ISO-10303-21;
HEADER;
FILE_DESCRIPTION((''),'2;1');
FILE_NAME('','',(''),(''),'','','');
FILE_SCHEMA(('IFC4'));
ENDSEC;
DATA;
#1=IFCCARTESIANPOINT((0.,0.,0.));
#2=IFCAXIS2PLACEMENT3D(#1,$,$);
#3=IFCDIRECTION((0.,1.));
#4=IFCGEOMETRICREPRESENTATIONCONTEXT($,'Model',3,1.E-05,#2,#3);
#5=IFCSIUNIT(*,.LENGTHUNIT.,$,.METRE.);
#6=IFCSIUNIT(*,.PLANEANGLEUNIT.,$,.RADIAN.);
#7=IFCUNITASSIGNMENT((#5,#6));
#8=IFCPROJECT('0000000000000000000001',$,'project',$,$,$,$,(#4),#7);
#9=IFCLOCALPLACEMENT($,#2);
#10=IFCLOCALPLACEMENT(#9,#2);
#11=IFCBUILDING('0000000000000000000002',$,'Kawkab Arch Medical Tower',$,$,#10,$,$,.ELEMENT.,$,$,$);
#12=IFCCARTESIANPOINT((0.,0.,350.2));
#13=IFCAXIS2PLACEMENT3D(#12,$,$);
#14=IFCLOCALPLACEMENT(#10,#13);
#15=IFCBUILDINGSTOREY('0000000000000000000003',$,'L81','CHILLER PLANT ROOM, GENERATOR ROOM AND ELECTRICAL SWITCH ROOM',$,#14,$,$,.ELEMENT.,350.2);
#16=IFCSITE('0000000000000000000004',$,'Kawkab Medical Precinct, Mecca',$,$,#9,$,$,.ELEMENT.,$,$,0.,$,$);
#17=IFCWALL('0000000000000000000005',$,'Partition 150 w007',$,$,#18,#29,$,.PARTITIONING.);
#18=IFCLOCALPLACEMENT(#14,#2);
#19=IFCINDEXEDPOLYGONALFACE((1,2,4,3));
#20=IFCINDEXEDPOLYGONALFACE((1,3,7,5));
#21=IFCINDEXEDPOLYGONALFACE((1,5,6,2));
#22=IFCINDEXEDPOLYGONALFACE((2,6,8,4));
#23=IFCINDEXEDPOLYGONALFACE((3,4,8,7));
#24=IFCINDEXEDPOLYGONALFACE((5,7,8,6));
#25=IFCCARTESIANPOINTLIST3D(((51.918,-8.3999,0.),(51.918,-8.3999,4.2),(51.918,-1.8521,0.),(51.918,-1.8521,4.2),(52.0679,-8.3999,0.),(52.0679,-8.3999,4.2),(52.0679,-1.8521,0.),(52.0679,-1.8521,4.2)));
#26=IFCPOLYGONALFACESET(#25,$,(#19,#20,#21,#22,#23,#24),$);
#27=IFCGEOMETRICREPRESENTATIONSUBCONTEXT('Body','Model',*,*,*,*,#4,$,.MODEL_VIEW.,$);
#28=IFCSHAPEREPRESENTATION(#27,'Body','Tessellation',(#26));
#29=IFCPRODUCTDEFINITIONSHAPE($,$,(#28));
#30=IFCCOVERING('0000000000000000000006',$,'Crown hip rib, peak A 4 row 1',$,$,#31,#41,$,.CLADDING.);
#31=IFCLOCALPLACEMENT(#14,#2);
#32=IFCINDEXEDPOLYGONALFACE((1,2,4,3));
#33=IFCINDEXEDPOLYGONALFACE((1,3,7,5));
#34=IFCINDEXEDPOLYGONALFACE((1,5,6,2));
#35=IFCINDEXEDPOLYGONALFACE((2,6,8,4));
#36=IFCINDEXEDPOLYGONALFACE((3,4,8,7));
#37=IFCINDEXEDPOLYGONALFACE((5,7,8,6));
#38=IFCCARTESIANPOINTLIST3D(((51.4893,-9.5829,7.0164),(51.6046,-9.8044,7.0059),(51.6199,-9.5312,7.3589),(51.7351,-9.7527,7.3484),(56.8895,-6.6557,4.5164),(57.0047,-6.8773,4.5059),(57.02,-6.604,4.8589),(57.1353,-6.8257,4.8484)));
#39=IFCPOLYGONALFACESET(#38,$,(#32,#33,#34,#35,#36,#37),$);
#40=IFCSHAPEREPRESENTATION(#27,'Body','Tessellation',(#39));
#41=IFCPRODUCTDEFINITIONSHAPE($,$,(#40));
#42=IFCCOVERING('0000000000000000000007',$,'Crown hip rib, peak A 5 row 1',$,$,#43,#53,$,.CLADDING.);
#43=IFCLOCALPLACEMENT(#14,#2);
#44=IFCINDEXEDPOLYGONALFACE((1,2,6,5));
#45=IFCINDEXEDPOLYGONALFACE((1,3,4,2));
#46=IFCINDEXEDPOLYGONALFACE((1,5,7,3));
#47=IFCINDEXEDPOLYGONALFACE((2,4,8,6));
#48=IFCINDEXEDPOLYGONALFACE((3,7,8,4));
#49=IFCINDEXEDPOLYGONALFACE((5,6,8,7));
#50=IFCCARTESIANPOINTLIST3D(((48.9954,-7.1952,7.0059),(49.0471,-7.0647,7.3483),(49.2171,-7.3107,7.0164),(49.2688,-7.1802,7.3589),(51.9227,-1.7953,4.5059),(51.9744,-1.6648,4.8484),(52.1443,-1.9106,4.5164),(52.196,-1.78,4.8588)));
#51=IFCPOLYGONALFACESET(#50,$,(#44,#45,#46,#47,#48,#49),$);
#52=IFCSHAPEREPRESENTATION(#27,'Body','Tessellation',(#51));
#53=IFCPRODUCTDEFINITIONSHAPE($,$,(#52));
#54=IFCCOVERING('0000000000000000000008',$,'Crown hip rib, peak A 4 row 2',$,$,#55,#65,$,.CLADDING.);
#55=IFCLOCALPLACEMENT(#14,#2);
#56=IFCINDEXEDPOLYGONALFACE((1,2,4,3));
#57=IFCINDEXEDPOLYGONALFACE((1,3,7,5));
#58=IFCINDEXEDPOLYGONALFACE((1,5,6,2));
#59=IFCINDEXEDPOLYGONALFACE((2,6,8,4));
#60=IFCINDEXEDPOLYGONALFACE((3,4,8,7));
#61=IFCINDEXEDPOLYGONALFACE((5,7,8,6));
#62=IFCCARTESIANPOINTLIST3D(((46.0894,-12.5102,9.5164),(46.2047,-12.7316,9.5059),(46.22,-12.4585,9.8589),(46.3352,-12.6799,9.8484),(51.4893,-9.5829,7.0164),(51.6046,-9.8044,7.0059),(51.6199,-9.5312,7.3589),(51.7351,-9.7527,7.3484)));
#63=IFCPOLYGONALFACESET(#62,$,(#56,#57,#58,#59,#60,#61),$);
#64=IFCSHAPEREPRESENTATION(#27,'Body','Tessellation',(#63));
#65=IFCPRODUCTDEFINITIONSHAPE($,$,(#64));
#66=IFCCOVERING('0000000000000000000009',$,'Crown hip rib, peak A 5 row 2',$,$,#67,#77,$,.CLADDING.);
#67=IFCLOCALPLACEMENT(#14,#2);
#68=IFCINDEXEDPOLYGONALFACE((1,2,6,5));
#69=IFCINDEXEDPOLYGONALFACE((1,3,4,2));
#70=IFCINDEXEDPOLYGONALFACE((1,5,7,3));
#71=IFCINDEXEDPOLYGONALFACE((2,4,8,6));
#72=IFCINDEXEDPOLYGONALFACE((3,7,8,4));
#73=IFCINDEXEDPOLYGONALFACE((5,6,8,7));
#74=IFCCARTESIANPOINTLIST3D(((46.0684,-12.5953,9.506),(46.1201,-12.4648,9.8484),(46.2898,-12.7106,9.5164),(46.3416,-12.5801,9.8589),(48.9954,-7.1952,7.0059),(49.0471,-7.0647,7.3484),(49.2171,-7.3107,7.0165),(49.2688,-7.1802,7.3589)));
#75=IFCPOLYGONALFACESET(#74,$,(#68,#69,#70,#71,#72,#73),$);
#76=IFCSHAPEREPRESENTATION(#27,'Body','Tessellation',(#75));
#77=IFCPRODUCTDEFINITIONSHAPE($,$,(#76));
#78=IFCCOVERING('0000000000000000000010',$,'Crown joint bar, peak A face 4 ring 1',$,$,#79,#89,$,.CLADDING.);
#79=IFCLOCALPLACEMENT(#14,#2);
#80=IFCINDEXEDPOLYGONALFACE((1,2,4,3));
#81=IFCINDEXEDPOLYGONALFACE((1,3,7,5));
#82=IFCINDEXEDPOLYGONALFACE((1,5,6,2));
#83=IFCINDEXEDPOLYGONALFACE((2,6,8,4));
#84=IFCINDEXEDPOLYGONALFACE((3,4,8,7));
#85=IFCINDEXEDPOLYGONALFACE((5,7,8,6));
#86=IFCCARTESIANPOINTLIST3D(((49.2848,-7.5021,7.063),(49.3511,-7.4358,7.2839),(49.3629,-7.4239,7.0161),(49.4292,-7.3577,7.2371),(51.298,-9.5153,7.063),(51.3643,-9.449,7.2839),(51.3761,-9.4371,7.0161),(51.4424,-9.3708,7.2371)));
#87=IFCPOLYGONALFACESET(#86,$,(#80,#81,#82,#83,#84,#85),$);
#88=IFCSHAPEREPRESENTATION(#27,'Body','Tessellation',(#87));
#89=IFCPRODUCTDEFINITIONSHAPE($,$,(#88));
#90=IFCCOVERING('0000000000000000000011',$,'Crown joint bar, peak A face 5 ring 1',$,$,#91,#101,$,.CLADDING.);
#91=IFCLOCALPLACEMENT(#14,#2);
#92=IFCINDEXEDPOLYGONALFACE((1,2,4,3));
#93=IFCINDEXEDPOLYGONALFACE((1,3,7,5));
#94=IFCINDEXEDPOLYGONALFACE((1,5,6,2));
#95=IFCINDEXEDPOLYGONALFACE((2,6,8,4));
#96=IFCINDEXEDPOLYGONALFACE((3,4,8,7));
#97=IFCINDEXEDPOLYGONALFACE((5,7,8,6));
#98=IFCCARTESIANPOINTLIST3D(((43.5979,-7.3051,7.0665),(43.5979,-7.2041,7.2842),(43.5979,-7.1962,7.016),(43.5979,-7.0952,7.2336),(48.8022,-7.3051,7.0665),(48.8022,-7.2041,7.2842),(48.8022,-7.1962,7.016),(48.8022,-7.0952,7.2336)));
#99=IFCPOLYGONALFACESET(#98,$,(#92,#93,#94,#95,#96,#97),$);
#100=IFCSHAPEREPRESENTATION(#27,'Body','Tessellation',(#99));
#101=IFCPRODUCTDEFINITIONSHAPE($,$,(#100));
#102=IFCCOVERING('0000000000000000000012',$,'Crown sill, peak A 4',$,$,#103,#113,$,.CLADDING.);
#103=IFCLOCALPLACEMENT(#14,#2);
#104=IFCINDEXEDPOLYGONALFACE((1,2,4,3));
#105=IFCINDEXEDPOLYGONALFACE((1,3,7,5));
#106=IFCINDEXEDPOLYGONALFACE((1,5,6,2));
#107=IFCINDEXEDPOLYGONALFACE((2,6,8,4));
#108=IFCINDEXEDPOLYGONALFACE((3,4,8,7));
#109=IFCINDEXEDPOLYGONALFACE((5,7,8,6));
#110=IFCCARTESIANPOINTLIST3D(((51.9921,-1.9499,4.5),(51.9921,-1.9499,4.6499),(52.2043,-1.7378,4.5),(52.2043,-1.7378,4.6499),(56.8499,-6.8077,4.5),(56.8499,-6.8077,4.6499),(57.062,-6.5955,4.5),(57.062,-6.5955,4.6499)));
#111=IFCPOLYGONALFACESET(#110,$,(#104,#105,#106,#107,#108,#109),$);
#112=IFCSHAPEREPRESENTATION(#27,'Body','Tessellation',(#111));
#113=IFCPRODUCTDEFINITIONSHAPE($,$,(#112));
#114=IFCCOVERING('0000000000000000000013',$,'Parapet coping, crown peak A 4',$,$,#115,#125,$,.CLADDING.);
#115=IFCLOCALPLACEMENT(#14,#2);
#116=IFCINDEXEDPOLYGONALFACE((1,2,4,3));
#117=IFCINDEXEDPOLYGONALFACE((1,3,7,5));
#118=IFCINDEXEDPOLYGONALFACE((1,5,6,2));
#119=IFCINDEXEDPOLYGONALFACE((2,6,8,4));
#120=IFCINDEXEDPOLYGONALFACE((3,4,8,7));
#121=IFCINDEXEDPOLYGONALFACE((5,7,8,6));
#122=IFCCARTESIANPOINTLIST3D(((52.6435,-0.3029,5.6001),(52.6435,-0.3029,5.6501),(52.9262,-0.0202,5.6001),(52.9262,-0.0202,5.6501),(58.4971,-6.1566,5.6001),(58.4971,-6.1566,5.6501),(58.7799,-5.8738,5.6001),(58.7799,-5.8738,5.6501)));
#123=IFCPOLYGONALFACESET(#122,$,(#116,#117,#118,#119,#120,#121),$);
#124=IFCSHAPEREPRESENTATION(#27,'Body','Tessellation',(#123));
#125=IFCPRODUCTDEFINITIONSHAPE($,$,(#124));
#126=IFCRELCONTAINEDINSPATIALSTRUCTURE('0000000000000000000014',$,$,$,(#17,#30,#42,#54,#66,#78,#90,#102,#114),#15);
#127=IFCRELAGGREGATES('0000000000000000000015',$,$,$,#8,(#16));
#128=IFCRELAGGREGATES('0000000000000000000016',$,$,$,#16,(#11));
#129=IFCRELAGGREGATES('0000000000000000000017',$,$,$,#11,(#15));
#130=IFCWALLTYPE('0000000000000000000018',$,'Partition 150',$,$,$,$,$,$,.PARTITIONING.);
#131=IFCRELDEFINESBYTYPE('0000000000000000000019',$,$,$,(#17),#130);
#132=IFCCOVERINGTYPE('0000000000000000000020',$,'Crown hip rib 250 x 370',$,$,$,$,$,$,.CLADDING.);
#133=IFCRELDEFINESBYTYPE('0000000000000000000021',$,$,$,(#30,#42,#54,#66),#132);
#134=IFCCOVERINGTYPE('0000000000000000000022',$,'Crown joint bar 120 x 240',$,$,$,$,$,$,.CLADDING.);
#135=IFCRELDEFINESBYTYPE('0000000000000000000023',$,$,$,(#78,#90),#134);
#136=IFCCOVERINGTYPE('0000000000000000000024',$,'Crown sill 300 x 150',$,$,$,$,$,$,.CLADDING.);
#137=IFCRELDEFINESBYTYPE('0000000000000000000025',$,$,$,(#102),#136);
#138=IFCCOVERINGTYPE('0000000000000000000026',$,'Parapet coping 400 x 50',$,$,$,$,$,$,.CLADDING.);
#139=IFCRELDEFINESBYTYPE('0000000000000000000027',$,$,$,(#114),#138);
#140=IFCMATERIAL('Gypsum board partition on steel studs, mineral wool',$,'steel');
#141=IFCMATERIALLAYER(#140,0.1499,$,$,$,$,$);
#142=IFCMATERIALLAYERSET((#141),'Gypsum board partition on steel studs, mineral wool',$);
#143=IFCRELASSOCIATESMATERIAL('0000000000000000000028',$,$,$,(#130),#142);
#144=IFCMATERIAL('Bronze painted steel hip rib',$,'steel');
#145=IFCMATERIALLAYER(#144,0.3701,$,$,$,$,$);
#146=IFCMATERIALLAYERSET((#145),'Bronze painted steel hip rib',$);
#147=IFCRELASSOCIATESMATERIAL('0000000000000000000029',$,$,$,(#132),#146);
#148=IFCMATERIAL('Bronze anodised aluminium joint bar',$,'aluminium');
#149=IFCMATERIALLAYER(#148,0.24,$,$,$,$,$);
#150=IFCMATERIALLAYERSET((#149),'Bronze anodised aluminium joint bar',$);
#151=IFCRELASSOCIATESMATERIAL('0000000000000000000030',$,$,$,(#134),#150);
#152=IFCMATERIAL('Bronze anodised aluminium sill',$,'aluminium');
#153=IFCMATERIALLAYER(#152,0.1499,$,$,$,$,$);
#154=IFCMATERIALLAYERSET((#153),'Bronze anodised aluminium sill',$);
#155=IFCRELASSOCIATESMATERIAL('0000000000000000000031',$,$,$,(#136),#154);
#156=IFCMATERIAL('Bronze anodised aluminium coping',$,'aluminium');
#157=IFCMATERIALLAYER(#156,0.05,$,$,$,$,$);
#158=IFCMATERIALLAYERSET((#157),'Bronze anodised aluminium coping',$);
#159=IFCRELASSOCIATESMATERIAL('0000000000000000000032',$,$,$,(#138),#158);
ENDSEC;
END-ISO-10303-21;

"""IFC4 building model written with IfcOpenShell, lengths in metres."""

from ifc_helpers import new_model, si_unit, direction, frame, frame_2d, origin, origin_2d, place, context, subcontext, project, spatial, polyline, rectangle, outline, extrude, material, layer, layer_set, type_object, element, save


model = new_model("IFC4")

# Units and contexts
model_context = context("Model", 3, precision=1e-05, world=origin(), true_north=direction((0.0, 1.0)))
body_context = subcontext(model_context, "Body", "Model", "MODEL_VIEW")
ifc_project = project(units=[si_unit("LENGTHUNIT", "METRE"), si_unit("PLANEANGLEUNIT", "RADIAN")], contexts=[model_context])

# Site, building, storey
site_placement = place(None, origin())
site = spatial("IfcSite", under=ifc_project, at=site_placement, Name="Kawkab Medical Precinct, Mecca", CompositionType="ELEMENT", RefElevation=0.0)
building_placement = place(site_placement, origin())
building = spatial("IfcBuilding", under=site, at=building_placement, Name="Kawkab Arch Medical Tower", CompositionType="ELEMENT")
storey_placement = place(building_placement, frame((0.0, 0.0, 350.2)))
storey = spatial("IfcBuildingStorey", under=building, at=storey_placement, Name="L81", Description="CHILLER PLANT ROOM, GENERATOR ROOM AND ELECTRICAL SWITCH ROOM", CompositionType="ELEMENT", Elevation=350.2)

# Shared definitions
ifc_material_1 = material(Name="Gypsum board partition on steel studs, mineral wool", Category="steel")
ifc_layer_1 = layer(ifc_material_1, 0.1499)
ifc_layer_set_1 = layer_set([ifc_layer_1], Name="Gypsum board partition on steel studs, mineral wool")
wall_type_1 = type_object("IfcWallType", Name="Partition 150", PredefinedType="PARTITIONING", material=ifc_layer_set_1)

# Wall
wall_1_placement = place(storey_placement, frame((51.9929, -8.3999, 0.0), z_axis=(0.0, 0.0, 1.0), x_axis=(0.0, 1.0, 0.0)))
element("IfcWall", 1, at=wall_1_placement, inside=storey, type_object=wall_type_1, Name="Partition 150 w007", PredefinedType="PARTITIONING", context=body_context, shape_type="SweptSolid", body=[
    extrude(rectangle(XDim=6.5479, YDim=0.1499, at=frame_2d((3.2739, 0.0))), origin(), (0.0, 0.0, 1.0), 4.2),
])

# Coverings
ifc_material_2 = material(Name="Bronze painted steel hip rib", Category="steel")
ifc_layer_2 = layer(ifc_material_2, 0.3701)
ifc_layer_set_2 = layer_set([ifc_layer_2], Name="Bronze painted steel hip rib")
covering_type_1 = type_object("IfcCoveringType", Name="Crown hip rib 250 x 370", PredefinedType="CLADDING", material=ifc_layer_set_2)
covering_1_placement = place(storey_placement, frame((57.02, -6.604, 4.8589), z_axis=(0.352688, 0.139594, 0.92527), x_axis=(-0.814284, -0.441397, 0.376976)))
element("IfcCovering", 2, at=covering_1_placement, inside=storey, type_object=covering_type_1, Name="Crown hip rib, peak A 4 row 1", PredefinedType="CLADDING", context=body_context, shape_type="SweptSolid", body=[
    extrude(outline(polyline([(0.0, 0.0), (6.6318, 0.0), (6.6317, 0.2498), (0.0001, 0.2501), (0.0, 0.0)])), origin(), (0.0, 0.0, -1.0), 0.3701),
])
covering_2_placement = place(storey_placement, frame((51.9744, -1.6648, 4.8484), z_axis=(0.139688, 0.352643, 0.925273), x_axis=(-0.441412, -0.814274, 0.376979)))
element("IfcCovering", 3, at=covering_2_placement, inside=storey, type_object=covering_type_1, Name="Crown hip rib, peak A 5 row 1", PredefinedType="CLADDING", context=body_context, shape_type="SweptSolid", body=[
    extrude(outline(polyline([(0.0, 0.0), (6.6316, 0.0), (6.6317, 0.2502), (-0.0001, 0.2501), (0.0, 0.0)])), origin(), (0.0, 0.0, -1.0), 0.3701),
])
covering_3_placement = place(storey_placement, frame((51.6199, -9.5312, 7.3589), z_axis=(0.352665, 0.13966, 0.925269), x_axis=(-0.814272, -0.441411, 0.376985)))
element("IfcCovering", 4, at=covering_3_placement, inside=storey, type_object=covering_type_1, Name="Crown hip rib, peak A 4 row 2", PredefinedType="CLADDING", context=body_context, shape_type="SweptSolid", body=[
    extrude(outline(polyline([(0.0, 0.0), (6.6316, 0.0), (6.6315, 0.2498), (0.0, 0.2498), (0.0, 0.0)])), origin(), (0.0, 0.0, -1.0), 0.3701),
])
covering_4_placement = place(storey_placement, frame((49.0471, -7.0647, 7.3484), z_axis=(0.13975, 0.352614, 0.925275), x_axis=(-0.441367, -0.814296, 0.376983)))
element("IfcCovering", 5, at=covering_4_placement, inside=storey, type_object=covering_type_1, Name="Crown hip rib, peak A 5 row 2", PredefinedType="CLADDING", context=body_context, shape_type="SweptSolid", body=[
    extrude(outline(polyline([(0.0, 0.0), (6.6317, 0.0), (6.6317, 0.2498), (0.0001, 0.2502), (0.0, 0.0)])), origin(), (0.0, 0.0, -1.0), 0.3701),
])
ifc_material_3 = material(Name="Bronze anodised aluminium joint bar", Category="aluminium")
ifc_layer_3 = layer(ifc_material_3, 0.24)
ifc_layer_set_3 = layer_set([ifc_layer_3], Name="Bronze anodised aluminium joint bar")
covering_type_2 = type_object("IfcCoveringType", Name="Crown joint bar 120 x 240", PredefinedType="CLADDING", material=ifc_layer_set_3)
covering_5_placement = place(storey_placement, frame((51.4424, -9.3708, 7.2371), z_axis=(0.276172, 0.276172, 0.920575), x_axis=(-0.707107, 0.707107, 0.0)))
element("IfcCovering", 6, at=covering_5_placement, inside=storey, type_object=covering_type_2, Name="Crown joint bar, peak A face 4 ring 1", PredefinedType="CLADDING", context=body_context, shape_type="SweptSolid", body=[
    extrude(outline(polyline([(0.0, 0.0), (2.8471, 0.0), (2.8471, 0.12), (0.0, 0.12), (0.0, 0.0)])), origin(), (0.0, 0.0, -1.0), 0.24),
])
covering_6_placement = place(storey_placement, frame((48.8022, -7.0952, 7.2336), z_axis=(0.0, 0.420992, 0.907064), x_axis=(-1.0, 0.0, 0.0)))
element("IfcCovering", 7, at=covering_6_placement, inside=storey, type_object=covering_type_2, Name="Crown joint bar, peak A face 5 ring 1", PredefinedType="CLADDING", context=body_context, shape_type="SweptSolid", body=[
    extrude(outline(polyline([(0.0, 0.0), (5.2043, 0.0), (5.2043, 0.12), (0.0, 0.12), (0.0, 0.0)])), origin(), (0.0, 0.0, -1.0), 0.24),
])
ifc_material_4 = material(Name="Bronze anodised aluminium sill", Category="aluminium")
ifc_layer_4 = layer(ifc_material_4, 0.1499)
ifc_layer_set_4 = layer_set([ifc_layer_4], Name="Bronze anodised aluminium sill")
covering_type_3 = type_object("IfcCoveringType", Name="Crown sill 300 x 150", PredefinedType="CLADDING", material=ifc_layer_set_4)
covering_7_placement = place(storey_placement, frame((54.5271, -4.2727, 4.5), z_axis=(0.0, 0.0, 1.0), x_axis=(-0.707107, 0.707107, 0.0)))
element("IfcCovering", 8, at=covering_7_placement, inside=storey, type_object=covering_type_3, Name="Crown sill, peak A 4", PredefinedType="CLADDING", context=body_context, shape_type="SweptSolid", body=[
    extrude(rectangle(XDim=6.8699, YDim=0.3, at=origin_2d()), origin(), (0.0, 0.0, 1.0), 0.1499),
])
ifc_material_5 = material(Name="Bronze anodised aluminium coping", Category="aluminium")
ifc_layer_5 = layer(ifc_material_5, 0.05)
ifc_layer_set_5 = layer_set([ifc_layer_5], Name="Bronze anodised aluminium coping")
covering_type_4 = type_object("IfcCoveringType", Name="Parapet coping 400 x 50", PredefinedType="CLADDING", material=ifc_layer_set_5)
covering_8_placement = place(storey_placement, frame((55.7117, -3.0884, 5.6001), z_axis=(0.0, 0.0, 1.0), x_axis=(-0.707107, 0.707107, 0.0)))
element("IfcCovering", 9, at=covering_8_placement, inside=storey, type_object=covering_type_4, Name="Parapet coping, crown peak A 4", PredefinedType="CLADDING", context=body_context, shape_type="SweptSolid", body=[
    extrude(rectangle(XDim=8.2783, YDim=0.3999, at=origin_2d()), origin(), (0.0, 0.0, 1.0), 0.05),
])

save(model, "model.ifc")
